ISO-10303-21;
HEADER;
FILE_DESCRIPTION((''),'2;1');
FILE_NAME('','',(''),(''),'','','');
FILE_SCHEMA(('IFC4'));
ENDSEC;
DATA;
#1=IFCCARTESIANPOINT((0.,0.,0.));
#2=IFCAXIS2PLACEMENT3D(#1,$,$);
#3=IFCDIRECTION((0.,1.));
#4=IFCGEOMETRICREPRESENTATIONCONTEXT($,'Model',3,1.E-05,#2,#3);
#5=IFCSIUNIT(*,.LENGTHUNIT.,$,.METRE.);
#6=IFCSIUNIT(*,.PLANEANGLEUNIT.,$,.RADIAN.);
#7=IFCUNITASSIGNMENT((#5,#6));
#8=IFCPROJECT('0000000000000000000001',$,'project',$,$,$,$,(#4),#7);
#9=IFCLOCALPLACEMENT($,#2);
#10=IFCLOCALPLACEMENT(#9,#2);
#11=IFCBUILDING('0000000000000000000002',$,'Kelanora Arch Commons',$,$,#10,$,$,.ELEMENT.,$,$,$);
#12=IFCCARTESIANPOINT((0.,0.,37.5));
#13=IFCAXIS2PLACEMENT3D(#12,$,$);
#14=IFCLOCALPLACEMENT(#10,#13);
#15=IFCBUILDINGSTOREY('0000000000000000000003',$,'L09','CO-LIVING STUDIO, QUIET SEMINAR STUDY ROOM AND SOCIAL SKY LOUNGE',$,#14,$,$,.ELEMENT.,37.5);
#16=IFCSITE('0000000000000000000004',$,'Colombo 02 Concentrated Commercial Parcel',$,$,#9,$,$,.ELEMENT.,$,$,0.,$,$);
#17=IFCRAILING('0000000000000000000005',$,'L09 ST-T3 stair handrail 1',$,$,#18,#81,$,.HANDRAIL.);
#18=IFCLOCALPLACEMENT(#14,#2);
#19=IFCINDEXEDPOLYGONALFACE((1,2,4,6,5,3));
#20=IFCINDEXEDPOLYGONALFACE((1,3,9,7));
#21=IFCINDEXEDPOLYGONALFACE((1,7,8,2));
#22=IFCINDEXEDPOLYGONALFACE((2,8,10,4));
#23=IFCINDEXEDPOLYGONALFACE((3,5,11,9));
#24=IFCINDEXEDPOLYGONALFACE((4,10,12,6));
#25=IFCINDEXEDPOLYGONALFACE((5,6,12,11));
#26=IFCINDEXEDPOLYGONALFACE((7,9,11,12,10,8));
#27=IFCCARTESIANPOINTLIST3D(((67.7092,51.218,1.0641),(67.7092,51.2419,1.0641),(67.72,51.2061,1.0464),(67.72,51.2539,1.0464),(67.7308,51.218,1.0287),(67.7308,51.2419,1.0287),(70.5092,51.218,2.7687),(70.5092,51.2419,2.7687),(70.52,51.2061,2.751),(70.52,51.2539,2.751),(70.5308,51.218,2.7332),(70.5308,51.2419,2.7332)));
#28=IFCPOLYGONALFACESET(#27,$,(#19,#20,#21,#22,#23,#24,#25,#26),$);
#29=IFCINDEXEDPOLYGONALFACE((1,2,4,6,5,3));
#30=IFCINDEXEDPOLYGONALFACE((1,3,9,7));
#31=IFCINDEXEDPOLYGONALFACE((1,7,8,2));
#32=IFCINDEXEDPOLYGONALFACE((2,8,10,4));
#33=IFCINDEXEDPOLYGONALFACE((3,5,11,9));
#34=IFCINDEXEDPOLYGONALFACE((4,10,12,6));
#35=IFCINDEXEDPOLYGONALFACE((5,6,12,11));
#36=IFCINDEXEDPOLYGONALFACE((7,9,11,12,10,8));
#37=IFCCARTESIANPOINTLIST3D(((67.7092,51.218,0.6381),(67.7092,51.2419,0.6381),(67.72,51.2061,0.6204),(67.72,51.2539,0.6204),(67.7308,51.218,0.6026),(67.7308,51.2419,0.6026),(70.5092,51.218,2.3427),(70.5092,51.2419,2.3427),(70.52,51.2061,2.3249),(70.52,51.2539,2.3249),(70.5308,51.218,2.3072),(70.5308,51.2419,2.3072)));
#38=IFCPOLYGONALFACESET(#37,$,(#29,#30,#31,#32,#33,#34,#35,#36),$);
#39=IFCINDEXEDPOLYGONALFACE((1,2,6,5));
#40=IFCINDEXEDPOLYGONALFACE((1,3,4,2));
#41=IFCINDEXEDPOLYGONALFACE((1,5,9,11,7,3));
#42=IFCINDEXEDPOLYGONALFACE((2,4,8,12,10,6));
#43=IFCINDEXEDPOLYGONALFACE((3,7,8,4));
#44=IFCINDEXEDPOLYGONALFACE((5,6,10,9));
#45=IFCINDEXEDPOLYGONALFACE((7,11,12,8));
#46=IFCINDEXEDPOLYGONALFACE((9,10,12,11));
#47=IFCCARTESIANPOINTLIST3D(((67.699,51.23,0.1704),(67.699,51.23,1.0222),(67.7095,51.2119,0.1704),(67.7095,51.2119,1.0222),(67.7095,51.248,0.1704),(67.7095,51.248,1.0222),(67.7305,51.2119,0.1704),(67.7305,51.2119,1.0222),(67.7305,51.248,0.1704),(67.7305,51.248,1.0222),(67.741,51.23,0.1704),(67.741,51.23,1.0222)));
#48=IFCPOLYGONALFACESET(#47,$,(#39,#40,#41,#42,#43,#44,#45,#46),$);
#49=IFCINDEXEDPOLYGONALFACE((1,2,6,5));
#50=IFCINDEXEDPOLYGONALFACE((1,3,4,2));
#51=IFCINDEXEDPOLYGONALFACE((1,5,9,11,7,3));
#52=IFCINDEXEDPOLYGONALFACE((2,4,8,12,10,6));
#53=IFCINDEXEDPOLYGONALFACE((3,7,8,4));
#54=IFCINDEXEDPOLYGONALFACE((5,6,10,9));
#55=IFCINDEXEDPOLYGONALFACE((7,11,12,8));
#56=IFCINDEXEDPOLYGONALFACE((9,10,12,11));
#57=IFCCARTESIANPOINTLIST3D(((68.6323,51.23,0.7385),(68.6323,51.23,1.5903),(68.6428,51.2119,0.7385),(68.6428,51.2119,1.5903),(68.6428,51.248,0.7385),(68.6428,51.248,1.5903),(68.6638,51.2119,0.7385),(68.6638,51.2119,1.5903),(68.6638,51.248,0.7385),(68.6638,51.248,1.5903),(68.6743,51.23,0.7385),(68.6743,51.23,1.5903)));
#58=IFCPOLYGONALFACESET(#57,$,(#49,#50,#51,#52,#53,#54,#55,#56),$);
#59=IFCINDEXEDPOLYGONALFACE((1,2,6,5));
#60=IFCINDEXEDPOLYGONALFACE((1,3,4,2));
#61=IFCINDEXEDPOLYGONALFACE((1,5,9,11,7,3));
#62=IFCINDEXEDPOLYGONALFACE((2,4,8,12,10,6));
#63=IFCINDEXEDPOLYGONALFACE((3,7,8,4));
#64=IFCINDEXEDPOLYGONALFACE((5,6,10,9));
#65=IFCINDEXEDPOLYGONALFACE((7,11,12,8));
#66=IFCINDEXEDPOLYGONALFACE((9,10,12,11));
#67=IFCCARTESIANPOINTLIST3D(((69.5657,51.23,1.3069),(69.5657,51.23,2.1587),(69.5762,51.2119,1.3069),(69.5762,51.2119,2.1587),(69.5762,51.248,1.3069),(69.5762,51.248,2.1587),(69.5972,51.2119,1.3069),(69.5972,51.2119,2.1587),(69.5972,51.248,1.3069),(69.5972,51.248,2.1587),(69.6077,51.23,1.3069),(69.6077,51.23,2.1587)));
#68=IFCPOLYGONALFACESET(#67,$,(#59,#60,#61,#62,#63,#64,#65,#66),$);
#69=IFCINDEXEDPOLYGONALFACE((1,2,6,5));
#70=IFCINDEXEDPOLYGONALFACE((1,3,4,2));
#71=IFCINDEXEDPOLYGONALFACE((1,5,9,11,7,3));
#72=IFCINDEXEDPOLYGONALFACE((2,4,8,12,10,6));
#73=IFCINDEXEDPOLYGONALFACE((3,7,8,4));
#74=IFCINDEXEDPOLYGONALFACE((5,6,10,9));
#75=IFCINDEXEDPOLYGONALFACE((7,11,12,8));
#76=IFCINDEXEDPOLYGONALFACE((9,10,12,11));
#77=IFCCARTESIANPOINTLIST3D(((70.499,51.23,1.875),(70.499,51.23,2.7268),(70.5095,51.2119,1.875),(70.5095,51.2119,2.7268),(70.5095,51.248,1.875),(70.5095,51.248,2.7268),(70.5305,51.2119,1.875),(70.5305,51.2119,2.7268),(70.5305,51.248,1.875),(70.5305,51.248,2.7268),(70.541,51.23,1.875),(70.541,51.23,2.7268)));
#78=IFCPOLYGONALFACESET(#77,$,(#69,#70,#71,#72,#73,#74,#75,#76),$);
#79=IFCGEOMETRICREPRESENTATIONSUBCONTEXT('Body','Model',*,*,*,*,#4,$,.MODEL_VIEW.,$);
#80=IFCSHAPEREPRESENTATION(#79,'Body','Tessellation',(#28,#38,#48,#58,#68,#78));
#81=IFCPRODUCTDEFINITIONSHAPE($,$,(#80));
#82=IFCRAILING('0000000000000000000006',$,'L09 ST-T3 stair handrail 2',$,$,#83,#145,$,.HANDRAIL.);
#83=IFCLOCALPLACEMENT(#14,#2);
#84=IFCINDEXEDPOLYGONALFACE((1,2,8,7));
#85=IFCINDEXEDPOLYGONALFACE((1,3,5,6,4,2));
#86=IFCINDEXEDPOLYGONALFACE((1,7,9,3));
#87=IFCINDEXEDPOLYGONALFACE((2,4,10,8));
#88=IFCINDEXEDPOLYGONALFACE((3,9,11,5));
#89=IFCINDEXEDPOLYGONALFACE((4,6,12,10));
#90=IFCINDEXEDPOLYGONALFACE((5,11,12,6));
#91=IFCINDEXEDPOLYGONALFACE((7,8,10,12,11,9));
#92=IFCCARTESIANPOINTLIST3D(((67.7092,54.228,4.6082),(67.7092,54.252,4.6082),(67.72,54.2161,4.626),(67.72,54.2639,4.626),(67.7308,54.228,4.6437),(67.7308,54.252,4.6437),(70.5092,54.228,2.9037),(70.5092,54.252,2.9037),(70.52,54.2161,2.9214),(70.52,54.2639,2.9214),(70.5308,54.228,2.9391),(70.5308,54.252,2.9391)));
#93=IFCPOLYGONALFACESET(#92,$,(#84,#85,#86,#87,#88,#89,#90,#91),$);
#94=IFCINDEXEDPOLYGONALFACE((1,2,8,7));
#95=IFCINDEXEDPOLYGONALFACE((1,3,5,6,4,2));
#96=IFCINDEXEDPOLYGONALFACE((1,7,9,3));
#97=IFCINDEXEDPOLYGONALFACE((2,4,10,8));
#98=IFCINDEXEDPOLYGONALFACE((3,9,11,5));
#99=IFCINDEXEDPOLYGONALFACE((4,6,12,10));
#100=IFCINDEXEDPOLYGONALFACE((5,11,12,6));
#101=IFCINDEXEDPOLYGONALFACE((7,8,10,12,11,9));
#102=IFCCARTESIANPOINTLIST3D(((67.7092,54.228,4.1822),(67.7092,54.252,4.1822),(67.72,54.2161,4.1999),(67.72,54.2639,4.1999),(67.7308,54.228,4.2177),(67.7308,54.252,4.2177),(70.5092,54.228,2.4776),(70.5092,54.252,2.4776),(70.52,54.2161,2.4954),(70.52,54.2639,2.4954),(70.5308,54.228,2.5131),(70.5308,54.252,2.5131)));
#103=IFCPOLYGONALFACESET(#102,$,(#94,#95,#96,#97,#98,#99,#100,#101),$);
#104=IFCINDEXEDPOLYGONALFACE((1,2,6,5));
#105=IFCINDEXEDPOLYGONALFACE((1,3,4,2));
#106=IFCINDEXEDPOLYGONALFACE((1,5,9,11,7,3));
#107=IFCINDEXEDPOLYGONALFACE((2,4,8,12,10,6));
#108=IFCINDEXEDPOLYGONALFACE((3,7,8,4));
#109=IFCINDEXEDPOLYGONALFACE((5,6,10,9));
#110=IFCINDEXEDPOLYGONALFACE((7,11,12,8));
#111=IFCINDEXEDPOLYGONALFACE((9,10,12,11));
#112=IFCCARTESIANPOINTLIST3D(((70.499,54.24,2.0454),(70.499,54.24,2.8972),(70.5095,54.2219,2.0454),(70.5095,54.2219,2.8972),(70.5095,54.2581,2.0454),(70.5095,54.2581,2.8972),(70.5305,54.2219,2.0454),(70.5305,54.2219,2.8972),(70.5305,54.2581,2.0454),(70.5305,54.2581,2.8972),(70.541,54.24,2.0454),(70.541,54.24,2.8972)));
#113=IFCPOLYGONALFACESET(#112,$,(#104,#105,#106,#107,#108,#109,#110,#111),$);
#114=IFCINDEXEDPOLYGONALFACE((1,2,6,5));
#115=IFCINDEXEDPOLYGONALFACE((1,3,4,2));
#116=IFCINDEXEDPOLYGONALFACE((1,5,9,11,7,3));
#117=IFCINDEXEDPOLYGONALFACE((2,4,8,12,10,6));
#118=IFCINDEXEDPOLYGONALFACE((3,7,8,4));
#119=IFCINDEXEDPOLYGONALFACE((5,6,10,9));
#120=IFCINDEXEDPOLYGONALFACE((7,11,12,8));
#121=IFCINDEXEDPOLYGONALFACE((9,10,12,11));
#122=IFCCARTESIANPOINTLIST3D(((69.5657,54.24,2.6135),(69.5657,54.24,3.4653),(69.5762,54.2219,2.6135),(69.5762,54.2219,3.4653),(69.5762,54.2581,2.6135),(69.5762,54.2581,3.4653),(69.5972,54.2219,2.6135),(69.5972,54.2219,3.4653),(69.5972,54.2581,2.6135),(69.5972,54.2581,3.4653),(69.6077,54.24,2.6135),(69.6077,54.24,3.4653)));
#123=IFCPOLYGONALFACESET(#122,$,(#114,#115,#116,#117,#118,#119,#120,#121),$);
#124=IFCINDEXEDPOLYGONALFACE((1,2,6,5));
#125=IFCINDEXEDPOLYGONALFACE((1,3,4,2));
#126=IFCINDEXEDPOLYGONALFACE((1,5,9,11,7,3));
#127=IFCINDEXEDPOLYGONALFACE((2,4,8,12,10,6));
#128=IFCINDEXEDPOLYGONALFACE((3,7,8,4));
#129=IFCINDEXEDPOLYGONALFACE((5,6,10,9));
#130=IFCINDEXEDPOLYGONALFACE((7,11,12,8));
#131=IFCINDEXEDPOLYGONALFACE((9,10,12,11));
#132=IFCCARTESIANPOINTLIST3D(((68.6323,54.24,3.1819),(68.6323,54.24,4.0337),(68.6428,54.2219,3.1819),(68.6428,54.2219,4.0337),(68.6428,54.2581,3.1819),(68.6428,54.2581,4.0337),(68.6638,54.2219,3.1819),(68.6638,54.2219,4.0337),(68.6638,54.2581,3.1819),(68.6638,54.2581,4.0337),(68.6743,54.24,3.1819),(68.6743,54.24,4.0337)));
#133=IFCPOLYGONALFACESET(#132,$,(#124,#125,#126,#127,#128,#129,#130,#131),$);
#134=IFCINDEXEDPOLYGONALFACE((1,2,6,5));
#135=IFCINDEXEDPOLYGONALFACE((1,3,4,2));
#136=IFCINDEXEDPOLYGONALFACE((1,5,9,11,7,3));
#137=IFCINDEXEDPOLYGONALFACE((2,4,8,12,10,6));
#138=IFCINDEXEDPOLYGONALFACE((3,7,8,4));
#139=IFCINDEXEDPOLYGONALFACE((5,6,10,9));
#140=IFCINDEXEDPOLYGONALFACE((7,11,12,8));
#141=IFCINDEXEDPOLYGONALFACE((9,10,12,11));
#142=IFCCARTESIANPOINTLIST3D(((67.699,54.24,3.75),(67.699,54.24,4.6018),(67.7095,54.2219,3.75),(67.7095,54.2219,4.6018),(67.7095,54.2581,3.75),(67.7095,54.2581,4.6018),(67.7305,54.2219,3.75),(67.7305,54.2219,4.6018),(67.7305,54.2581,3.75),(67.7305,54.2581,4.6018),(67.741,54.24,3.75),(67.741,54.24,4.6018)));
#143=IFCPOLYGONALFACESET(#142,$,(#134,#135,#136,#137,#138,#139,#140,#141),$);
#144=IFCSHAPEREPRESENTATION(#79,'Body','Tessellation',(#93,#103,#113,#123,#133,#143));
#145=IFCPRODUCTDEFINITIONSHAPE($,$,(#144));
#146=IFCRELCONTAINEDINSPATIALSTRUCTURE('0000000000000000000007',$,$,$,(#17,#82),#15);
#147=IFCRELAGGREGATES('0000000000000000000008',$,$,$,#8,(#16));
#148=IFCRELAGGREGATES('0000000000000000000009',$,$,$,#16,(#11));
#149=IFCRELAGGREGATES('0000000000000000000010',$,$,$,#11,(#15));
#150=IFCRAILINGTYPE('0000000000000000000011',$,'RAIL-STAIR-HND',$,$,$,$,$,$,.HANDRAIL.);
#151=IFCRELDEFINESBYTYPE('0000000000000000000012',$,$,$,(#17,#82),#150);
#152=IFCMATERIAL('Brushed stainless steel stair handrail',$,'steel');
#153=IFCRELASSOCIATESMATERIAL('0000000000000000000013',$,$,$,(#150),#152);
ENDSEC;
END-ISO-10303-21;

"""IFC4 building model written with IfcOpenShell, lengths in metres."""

from ifc_helpers import new_model, si_unit, direction, frame, origin, place, context, subcontext, project, spatial, polyline, outline, extrude, material, type_object, element, save


model = new_model("IFC4")

# Units and contexts
model_context = context("Model", 3, precision=1e-05, world=origin(), true_north=direction((0.0, 1.0)))
body_context = subcontext(model_context, "Body", "Model", "MODEL_VIEW")
ifc_project = project(units=[si_unit("LENGTHUNIT", "METRE"), si_unit("PLANEANGLEUNIT", "RADIAN")], contexts=[model_context])

# Site, building, storey
site_placement = place(None, origin())
site = spatial("IfcSite", under=ifc_project, at=site_placement, Name="Colombo 02 Concentrated Commercial Parcel", CompositionType="ELEMENT", RefElevation=0.0)
building_placement = place(site_placement, origin())
building = spatial("IfcBuilding", under=site, at=building_placement, Name="Kelanora Arch Commons", CompositionType="ELEMENT")
storey_placement = place(building_placement, frame((0.0, 0.0, 37.5)))
storey = spatial("IfcBuildingStorey", under=building, at=storey_placement, Name="L09", Description="CO-LIVING STUDIO, QUIET SEMINAR STUDY ROOM AND SOCIAL SKY LOUNGE", CompositionType="ELEMENT", Elevation=37.5)

# Railings
ifc_material_1 = material(Name="Brushed stainless steel stair handrail", Category="steel")
railing_type_1 = type_object("IfcRailingType", Name="RAIL-STAIR-HND", PredefinedType="HANDRAIL", material=ifc_material_1)
railing_1_placement = place(storey_placement, frame((67.72, 51.23, 0.1704)))
element("IfcRailing", 1, at=railing_1_placement, inside=storey, type_object=railing_type_1, Name="L09 ST-T3 stair handrail 1", PredefinedType="HANDRAIL", context=body_context, shape_type="SweptSolid", body=[
    extrude(outline(polyline([(0.0239, 0.0), (0.012, 0.0208), (-0.012, 0.0208), (-0.0239, 0.0), (-0.012, -0.0208), (0.012, -0.0208), (0.0239, 0.0)])), frame((0.0, 0.0, 0.876), z_axis=(0.85417, 0.0, 0.519994), x_axis=(0.0, 1.0, 0.0)), (0.0, 0.0, 1.0), 3.2781),
    extrude(outline(polyline([(0.0239, 0.0), (0.012, 0.0208), (-0.012, 0.0208), (-0.0239, 0.0), (-0.012, -0.0208), (0.012, -0.0208), (0.0239, 0.0)])), frame((0.0, 0.0, 0.45), z_axis=(0.85417, 0.0, 0.519994), x_axis=(0.0, 1.0, 0.0)), (0.0, 0.0, 1.0), 3.2781),
    extrude(outline(polyline([(0.021, 0.0), (0.0105, 0.0181), (-0.0105, 0.0181), (-0.021, 0.0), (-0.0105, -0.0181), (0.0105, -0.0181), (0.021, 0.0)])), origin(), (0.0, 0.0, 1.0), 0.8518),
    extrude(outline(polyline([(0.021, 0.0), (0.0105, 0.0181), (-0.0105, 0.0181), (-0.021, 0.0), (-0.0105, -0.0181), (0.0105, -0.0181), (0.021, 0.0)])), frame((0.9333, 0.0, 0.5681)), (0.0, 0.0, 1.0), 0.8518),
    extrude(outline(polyline([(0.021, 0.0), (0.0105, 0.0181), (-0.0105, 0.0181), (-0.021, 0.0), (-0.0105, -0.0181), (0.0105, -0.0181), (0.021, 0.0)])), frame((1.8667, 0.0, 1.1365)), (0.0, 0.0, 1.0), 0.8518),
    extrude(outline(polyline([(0.021, 0.0), (0.0105, 0.0181), (-0.0105, 0.0181), (-0.021, 0.0), (-0.0105, -0.0181), (0.0105, -0.0181), (0.021, 0.0)])), frame((2.8, 0.0, 1.7046)), (0.0, 0.0, 1.0), 0.8518),
])
railing_2_placement = place(storey_placement, frame((70.52, 54.24, 2.0454)))
element("IfcRailing", 2, at=railing_2_placement, inside=storey, type_object=railing_type_1, Name="L09 ST-T3 stair handrail 2", PredefinedType="HANDRAIL", context=body_context, shape_type="SweptSolid", body=[
    extrude(outline(polyline([(0.0239, 0.0), (0.012, 0.0208), (-0.012, 0.0208), (-0.0239, 0.0), (-0.012, -0.0208), (0.012, -0.0208), (0.0239, 0.0)])), frame((0.0, 0.0, 0.876), z_axis=(-0.85417, 0.0, 0.519994), x_axis=(0.0, -1.0, 0.0)), (0.0, 0.0, 1.0), 3.2781),
    extrude(outline(polyline([(0.0239, 0.0), (0.012, 0.0208), (-0.012, 0.0208), (-0.0239, 0.0), (-0.012, -0.0208), (0.012, -0.0208), (0.0239, 0.0)])), frame((0.0, 0.0, 0.45), z_axis=(-0.85417, 0.0, 0.519994), x_axis=(0.0, -1.0, 0.0)), (0.0, 0.0, 1.0), 3.2781),
    extrude(outline(polyline([(0.021, 0.0), (0.0105, 0.0181), (-0.0105, 0.0181), (-0.021, 0.0), (-0.0105, -0.0181), (0.0105, -0.0181), (0.021, 0.0)])), origin(), (0.0, 0.0, 1.0), 0.8518),
    extrude(outline(polyline([(0.021, 0.0), (0.0105, 0.0181), (-0.0105, 0.0181), (-0.021, 0.0), (-0.0105, -0.0181), (0.0105, -0.0181), (0.021, 0.0)])), frame((-0.9333, 0.0, 0.5681)), (0.0, 0.0, 1.0), 0.8518),
    extrude(outline(polyline([(0.021, 0.0), (0.0105, 0.0181), (-0.0105, 0.0181), (-0.021, 0.0), (-0.0105, -0.0181), (0.0105, -0.0181), (0.021, 0.0)])), frame((-1.8667, 0.0, 1.1365)), (0.0, 0.0, 1.0), 0.8518),
    extrude(outline(polyline([(0.021, 0.0), (0.0105, 0.0181), (-0.0105, 0.0181), (-0.021, 0.0), (-0.0105, -0.0181), (0.0105, -0.0181), (0.021, 0.0)])), frame((-2.8, 0.0, 1.7046)), (0.0, 0.0, 1.0), 0.8518),
])

save(model, "model.ifc")
